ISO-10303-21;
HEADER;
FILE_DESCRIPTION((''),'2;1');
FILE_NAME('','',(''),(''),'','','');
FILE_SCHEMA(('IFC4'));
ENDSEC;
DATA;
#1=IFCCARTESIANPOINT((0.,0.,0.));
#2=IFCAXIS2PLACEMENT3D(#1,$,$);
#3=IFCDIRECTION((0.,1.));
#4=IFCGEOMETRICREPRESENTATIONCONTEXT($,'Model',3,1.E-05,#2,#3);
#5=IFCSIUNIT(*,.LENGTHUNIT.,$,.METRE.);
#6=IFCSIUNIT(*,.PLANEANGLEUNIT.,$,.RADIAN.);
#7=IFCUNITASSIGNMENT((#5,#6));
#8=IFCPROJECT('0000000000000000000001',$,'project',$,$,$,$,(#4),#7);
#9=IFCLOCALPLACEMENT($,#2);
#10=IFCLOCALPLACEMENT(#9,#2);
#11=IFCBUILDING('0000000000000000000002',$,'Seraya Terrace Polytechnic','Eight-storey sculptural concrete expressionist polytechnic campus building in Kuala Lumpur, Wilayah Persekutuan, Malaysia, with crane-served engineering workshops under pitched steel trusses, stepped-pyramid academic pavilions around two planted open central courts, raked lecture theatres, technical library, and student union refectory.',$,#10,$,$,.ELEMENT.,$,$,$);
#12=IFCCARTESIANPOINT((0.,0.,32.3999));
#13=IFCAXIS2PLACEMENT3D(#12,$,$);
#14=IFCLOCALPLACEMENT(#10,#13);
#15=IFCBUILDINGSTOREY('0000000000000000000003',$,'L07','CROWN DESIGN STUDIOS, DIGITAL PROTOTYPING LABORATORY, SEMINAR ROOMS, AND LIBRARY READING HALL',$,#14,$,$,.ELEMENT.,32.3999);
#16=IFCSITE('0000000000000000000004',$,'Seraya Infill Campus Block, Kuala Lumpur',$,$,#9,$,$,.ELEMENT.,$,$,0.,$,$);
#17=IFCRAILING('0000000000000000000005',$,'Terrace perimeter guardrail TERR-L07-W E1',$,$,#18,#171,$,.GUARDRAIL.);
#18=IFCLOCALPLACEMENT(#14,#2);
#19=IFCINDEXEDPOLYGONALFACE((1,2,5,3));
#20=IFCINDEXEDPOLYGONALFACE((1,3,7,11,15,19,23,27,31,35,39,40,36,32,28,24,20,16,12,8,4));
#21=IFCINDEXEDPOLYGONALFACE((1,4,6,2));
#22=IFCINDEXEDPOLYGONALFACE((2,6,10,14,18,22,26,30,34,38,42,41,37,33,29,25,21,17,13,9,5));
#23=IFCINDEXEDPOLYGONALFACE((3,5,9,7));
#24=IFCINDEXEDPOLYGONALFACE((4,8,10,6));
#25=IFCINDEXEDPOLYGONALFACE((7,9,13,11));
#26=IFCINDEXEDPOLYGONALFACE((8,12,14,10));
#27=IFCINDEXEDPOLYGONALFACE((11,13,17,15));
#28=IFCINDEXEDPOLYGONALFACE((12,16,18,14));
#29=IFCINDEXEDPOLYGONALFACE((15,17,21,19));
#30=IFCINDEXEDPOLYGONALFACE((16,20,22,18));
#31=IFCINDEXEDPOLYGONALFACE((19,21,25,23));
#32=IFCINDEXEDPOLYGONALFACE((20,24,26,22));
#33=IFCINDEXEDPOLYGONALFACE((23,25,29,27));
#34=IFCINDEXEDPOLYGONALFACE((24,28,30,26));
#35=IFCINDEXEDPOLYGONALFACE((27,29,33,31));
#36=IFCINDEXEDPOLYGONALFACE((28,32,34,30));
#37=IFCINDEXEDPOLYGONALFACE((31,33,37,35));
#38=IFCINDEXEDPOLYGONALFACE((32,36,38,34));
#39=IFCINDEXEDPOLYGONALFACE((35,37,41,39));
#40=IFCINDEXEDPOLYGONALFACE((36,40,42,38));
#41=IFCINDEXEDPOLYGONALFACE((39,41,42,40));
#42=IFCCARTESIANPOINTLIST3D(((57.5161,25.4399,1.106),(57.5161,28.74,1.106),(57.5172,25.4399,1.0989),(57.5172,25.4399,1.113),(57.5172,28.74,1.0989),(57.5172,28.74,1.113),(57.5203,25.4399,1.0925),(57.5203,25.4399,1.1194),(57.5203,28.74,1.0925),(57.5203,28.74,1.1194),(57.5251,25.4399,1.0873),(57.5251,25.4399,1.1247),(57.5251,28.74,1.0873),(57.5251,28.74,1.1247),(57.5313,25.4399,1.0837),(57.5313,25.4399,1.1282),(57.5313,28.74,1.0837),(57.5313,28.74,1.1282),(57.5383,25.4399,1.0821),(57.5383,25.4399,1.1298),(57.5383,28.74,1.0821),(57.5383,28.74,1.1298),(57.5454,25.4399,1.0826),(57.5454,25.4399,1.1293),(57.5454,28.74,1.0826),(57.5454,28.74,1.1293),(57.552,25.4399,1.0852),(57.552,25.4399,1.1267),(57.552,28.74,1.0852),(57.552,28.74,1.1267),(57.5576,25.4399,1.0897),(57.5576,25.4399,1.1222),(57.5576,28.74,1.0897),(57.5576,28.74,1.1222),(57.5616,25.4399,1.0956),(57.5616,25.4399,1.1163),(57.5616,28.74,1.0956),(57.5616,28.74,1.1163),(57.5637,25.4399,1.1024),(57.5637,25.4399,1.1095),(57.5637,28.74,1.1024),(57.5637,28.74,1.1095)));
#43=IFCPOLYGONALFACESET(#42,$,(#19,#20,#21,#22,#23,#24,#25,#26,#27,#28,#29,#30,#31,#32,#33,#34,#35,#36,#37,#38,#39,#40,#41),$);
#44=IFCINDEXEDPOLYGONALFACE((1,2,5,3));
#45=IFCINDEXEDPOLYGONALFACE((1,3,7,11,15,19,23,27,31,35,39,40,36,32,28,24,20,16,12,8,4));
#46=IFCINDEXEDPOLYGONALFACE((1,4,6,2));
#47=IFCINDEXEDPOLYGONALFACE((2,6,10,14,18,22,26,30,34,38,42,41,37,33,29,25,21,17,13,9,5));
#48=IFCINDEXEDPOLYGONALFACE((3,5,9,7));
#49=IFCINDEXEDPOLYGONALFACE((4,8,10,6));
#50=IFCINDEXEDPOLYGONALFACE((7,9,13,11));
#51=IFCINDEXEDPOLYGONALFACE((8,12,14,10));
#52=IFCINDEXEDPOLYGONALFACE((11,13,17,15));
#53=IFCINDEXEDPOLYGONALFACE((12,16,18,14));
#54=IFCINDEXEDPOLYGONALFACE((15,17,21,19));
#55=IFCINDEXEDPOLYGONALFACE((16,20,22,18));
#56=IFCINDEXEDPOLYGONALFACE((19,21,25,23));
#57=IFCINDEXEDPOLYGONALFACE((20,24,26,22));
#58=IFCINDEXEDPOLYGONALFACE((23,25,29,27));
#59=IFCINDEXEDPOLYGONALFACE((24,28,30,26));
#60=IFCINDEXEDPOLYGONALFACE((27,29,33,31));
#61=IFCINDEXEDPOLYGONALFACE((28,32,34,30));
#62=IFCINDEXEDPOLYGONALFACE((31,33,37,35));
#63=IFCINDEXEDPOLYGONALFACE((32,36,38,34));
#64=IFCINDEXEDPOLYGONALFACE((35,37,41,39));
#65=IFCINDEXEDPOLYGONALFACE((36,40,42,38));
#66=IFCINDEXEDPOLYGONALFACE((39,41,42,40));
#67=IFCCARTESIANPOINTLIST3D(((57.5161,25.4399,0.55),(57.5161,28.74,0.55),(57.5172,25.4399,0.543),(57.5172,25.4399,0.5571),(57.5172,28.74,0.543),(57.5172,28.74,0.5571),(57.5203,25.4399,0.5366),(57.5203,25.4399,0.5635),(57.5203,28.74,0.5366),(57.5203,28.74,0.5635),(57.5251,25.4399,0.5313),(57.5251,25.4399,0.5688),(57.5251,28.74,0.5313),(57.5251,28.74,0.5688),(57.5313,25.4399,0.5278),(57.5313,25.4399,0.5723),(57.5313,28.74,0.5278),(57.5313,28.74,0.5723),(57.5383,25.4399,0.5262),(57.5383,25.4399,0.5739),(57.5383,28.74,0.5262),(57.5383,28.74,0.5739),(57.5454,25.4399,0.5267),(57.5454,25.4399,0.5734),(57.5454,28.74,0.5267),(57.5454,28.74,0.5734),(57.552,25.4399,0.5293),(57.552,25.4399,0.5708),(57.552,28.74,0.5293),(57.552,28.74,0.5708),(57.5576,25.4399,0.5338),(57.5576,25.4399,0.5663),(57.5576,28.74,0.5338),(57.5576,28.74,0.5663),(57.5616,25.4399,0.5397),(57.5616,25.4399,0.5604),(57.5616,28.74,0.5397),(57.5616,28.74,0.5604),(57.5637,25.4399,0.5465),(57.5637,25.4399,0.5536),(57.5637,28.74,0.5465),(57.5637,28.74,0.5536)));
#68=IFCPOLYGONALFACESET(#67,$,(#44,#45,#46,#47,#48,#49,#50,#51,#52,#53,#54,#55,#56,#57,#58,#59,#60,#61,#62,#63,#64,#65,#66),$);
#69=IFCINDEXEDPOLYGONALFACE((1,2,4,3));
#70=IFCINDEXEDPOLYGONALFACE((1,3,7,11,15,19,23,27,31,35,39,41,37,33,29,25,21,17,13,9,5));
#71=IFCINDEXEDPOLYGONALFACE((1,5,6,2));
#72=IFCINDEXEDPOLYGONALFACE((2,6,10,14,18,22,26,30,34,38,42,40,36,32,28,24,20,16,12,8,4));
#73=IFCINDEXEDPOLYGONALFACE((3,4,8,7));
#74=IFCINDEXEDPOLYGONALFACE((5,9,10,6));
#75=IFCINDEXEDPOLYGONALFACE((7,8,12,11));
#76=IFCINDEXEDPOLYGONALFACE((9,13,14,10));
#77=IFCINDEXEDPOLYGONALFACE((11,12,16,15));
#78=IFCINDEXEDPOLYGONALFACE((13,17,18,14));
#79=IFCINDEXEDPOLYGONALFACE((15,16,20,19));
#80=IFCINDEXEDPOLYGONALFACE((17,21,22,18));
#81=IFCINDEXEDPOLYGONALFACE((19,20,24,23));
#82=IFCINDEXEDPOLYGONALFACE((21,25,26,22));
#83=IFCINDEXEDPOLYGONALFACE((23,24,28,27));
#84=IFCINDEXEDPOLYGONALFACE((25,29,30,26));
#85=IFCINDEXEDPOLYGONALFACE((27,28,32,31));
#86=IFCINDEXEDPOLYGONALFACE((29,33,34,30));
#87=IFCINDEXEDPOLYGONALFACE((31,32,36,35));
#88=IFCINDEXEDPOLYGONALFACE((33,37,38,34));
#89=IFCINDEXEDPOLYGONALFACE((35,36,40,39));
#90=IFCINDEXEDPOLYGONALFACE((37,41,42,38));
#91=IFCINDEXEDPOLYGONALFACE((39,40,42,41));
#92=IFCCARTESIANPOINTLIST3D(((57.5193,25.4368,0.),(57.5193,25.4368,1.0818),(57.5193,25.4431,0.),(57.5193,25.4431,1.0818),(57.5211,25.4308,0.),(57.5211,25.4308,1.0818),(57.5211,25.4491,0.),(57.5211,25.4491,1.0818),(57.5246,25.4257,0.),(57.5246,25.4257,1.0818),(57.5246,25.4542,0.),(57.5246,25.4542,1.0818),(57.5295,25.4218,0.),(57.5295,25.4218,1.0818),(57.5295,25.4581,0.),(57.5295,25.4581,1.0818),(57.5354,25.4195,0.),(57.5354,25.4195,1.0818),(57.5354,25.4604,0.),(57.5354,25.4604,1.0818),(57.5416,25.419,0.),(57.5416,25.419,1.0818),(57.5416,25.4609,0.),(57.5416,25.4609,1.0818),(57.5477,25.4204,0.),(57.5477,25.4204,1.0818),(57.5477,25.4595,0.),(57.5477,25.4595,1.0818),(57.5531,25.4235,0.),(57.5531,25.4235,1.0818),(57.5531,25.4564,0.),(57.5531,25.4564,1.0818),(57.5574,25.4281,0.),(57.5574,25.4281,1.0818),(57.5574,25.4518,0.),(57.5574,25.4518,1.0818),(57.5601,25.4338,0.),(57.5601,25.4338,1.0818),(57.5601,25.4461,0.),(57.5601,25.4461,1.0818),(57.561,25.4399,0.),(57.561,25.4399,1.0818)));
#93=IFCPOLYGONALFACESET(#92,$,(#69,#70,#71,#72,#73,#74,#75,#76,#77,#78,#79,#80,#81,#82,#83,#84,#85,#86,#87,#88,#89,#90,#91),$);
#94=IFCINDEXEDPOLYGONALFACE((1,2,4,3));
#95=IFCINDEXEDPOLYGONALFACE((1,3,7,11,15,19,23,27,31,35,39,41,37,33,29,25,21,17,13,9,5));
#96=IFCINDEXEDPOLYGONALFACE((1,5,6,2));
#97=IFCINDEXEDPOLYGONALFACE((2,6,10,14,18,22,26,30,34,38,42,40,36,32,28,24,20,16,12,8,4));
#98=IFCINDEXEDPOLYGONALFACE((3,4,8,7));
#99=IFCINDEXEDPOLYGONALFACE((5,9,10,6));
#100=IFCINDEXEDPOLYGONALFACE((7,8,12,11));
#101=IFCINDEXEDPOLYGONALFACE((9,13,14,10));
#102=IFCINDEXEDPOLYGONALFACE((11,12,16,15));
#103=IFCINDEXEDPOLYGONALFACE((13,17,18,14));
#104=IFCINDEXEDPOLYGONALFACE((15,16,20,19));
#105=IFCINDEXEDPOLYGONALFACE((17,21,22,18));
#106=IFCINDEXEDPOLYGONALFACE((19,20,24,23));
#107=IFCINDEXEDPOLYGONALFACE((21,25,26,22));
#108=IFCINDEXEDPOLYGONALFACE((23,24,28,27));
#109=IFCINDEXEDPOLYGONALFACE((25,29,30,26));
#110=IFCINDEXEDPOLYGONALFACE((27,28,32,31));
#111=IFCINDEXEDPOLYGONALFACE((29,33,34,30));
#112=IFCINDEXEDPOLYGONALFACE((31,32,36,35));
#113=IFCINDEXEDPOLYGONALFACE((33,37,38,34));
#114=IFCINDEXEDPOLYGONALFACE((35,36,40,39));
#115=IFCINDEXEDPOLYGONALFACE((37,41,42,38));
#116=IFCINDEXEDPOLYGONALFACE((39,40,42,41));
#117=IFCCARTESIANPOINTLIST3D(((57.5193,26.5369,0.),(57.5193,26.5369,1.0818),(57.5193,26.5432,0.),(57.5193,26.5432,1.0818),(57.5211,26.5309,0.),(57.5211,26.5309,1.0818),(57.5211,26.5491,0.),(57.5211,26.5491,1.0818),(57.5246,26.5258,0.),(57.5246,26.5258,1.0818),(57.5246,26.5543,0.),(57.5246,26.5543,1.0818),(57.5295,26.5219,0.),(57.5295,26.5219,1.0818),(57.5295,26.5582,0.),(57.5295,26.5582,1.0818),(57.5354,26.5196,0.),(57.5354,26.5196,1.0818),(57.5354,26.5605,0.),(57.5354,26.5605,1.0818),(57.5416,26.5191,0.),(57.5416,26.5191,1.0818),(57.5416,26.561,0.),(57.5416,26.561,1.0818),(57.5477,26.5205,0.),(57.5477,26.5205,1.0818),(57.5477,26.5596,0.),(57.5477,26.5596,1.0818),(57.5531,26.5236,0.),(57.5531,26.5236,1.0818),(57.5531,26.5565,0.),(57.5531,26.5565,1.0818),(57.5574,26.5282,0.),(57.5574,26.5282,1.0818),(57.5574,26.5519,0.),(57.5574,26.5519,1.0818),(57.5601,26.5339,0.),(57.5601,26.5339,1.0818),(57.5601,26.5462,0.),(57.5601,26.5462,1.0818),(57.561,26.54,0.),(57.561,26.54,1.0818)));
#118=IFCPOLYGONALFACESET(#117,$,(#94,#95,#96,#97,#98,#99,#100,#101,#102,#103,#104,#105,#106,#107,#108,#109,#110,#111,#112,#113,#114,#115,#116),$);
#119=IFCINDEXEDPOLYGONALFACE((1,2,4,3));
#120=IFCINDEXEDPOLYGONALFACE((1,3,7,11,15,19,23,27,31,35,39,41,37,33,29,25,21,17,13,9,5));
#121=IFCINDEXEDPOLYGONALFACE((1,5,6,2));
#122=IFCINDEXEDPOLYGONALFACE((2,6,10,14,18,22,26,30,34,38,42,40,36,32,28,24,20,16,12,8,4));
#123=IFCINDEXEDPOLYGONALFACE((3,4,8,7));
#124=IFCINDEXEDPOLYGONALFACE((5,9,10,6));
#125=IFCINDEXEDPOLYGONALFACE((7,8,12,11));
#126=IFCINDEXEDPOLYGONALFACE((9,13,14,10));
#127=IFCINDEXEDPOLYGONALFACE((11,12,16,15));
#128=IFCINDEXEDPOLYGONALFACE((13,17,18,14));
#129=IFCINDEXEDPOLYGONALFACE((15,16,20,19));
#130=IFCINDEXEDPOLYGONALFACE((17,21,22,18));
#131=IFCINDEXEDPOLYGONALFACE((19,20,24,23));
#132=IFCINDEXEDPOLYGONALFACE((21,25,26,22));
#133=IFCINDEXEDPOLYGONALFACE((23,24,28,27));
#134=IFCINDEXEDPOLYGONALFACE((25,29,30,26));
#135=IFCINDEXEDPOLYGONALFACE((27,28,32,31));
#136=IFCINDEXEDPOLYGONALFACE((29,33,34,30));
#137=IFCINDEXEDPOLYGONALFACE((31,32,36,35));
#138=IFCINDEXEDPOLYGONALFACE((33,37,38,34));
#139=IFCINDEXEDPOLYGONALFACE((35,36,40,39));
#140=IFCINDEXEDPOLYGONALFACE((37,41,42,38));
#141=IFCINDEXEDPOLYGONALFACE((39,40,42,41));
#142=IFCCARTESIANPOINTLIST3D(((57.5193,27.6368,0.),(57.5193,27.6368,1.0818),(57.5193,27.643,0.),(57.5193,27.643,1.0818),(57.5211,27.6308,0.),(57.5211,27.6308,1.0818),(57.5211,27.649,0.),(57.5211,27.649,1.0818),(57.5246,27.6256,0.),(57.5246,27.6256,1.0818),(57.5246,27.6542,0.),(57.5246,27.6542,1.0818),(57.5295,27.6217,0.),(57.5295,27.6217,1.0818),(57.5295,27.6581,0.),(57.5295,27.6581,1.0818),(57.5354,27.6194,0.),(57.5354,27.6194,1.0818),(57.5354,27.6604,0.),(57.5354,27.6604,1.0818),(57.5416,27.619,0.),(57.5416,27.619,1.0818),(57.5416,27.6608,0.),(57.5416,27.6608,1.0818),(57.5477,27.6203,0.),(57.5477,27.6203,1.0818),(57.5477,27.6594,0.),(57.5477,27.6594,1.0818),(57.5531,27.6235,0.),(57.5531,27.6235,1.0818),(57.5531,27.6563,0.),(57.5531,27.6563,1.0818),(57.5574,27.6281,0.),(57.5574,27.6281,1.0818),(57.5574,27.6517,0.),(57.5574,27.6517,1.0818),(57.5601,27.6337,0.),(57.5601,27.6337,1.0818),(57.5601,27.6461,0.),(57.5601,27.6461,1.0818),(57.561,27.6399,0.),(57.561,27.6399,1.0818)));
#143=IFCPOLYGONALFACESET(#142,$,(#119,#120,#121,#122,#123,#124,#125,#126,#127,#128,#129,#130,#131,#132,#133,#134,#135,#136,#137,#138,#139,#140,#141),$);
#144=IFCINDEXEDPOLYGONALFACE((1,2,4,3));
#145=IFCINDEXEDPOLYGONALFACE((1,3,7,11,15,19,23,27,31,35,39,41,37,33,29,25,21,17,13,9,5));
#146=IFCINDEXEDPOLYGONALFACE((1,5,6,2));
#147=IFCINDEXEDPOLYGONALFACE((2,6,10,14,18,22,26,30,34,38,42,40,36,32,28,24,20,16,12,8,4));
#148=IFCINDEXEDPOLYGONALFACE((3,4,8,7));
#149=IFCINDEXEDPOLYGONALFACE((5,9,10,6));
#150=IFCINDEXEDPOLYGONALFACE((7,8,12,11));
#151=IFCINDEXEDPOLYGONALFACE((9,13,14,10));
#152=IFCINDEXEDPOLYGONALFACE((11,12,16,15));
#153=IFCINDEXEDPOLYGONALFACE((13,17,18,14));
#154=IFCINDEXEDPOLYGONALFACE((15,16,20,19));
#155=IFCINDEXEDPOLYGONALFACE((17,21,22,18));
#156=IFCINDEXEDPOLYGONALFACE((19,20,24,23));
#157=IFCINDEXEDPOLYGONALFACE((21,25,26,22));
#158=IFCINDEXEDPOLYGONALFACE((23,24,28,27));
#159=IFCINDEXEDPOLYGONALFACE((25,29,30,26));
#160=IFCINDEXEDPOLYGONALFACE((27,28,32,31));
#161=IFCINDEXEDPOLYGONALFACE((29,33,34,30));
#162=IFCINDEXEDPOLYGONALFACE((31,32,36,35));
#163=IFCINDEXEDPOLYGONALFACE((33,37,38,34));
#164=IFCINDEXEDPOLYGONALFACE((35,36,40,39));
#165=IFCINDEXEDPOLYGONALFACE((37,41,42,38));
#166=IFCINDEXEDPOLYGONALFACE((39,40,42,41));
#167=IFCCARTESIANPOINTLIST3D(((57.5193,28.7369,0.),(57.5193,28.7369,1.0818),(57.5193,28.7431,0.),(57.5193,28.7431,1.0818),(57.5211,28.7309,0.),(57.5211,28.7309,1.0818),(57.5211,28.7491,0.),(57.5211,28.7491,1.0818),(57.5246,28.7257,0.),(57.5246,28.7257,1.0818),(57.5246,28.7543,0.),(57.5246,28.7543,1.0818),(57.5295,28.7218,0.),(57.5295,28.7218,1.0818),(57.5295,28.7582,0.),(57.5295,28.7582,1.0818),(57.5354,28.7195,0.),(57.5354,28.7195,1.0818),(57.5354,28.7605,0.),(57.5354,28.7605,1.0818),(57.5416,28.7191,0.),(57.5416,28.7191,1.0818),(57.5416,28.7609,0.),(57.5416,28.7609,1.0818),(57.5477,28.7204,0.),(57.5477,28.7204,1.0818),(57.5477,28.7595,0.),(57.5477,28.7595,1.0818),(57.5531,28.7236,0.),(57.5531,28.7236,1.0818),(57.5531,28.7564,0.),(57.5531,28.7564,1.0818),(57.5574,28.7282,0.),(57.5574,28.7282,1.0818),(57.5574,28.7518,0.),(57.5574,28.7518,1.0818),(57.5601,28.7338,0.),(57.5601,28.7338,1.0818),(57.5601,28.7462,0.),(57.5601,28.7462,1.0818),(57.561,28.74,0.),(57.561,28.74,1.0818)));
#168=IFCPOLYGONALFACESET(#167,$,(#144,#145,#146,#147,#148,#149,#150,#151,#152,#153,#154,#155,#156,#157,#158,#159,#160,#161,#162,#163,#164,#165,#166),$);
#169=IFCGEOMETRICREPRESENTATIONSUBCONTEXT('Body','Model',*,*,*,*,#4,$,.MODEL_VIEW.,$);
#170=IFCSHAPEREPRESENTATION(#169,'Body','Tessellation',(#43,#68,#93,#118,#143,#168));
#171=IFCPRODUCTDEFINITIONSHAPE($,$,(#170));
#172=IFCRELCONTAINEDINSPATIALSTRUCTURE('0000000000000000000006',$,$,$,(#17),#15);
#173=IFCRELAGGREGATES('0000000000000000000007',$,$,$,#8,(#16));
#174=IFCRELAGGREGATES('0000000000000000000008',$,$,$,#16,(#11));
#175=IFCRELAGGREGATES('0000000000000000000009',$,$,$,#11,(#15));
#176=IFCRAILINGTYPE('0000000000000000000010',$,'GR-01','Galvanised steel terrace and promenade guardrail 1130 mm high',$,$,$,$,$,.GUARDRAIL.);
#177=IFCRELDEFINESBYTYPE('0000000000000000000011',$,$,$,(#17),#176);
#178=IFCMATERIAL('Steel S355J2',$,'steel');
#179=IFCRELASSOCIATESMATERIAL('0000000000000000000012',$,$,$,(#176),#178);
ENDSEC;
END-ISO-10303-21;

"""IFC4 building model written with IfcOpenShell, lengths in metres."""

from ifc_helpers import new_model, si_unit, direction, frame, origin, origin_2d, place, context, subcontext, project, spatial, circle, extrude, material, type_object, element, save


model = new_model("IFC4")

# Units and contexts
model_context = context("Model", 3, precision=1e-05, world=origin(), true_north=direction((0.0, 1.0)))
body_context = subcontext(model_context, "Body", "Model", "MODEL_VIEW")
ifc_project = project(units=[si_unit("LENGTHUNIT", "METRE"), si_unit("PLANEANGLEUNIT", "RADIAN")], contexts=[model_context])

# Site, building, storey
site_placement = place(None, origin())
site = spatial("IfcSite", under=ifc_project, at=site_placement, Name="Seraya Infill Campus Block, Kuala Lumpur", CompositionType="ELEMENT", RefElevation=0.0)
building_placement = place(site_placement, origin())
building = spatial("IfcBuilding", under=site, at=building_placement, Name="Seraya Terrace Polytechnic", Description="Eight-storey sculptural concrete expressionist polytechnic campus building in Kuala Lumpur, Wilayah Persekutuan, Malaysia, with crane-served engineering workshops under pitched steel trusses, stepped-pyramid academic pavilions around two planted open central courts, raked lecture theatres, technical library, and student union refectory.", CompositionType="ELEMENT")
storey_placement = place(building_placement, frame((0.0, 0.0, 32.3999)))
storey = spatial("IfcBuildingStorey", under=building, at=storey_placement, Name="L07", Description="CROWN DESIGN STUDIOS, DIGITAL PROTOTYPING LABORATORY, SEMINAR ROOMS, AND LIBRARY READING HALL", CompositionType="ELEMENT", Elevation=32.3999)

# Railing
ifc_material_1 = material(Name="Steel S355J2", Category="steel")
railing_type = type_object("IfcRailingType", Name="GR-01", Description="Galvanised steel terrace and promenade guardrail 1130 mm high", PredefinedType="GUARDRAIL", material=ifc_material_1)
railing_1_placement = place(storey_placement, frame((57.54, 25.4399, 0.0)))
element("IfcRailing", 1, at=railing_1_placement, inside=storey, type_object=railing_type, Name="Terrace perimeter guardrail TERR-L07-W E1", PredefinedType="GUARDRAIL", context=body_context, shape_type="SweptSolid", body=[
    extrude(circle(Radius=0.0239, at=origin_2d()), frame((0.0, 0.0, 1.106), z_axis=(0.0, 1.0, 0.0), x_axis=(-1.0, 0.0, 0.0)), (0.0, 0.0, 1.0), 3.3),
    extrude(circle(Radius=0.0239, at=origin_2d()), frame((0.0, 0.0, 0.55), z_axis=(0.0, 1.0, 0.0), x_axis=(-1.0, 0.0, 0.0)), (0.0, 0.0, 1.0), 3.3),
    extrude(circle(Radius=0.021, at=origin_2d()), origin(), (0.0, 0.0, 1.0), 1.0818),
    extrude(circle(Radius=0.021, at=origin_2d()), frame((0.0, 1.1001, 0.0)), (0.0, 0.0, 1.0), 1.0818),
    extrude(circle(Radius=0.021, at=origin_2d()), frame((0.0, 2.2, 0.0)), (0.0, 0.0, 1.0), 1.0818),
    extrude(circle(Radius=0.021, at=origin_2d()), frame((0.0, 3.3, 0.0)), (0.0, 0.0, 1.0), 1.0818),
])

save(model, "model.ifc")
